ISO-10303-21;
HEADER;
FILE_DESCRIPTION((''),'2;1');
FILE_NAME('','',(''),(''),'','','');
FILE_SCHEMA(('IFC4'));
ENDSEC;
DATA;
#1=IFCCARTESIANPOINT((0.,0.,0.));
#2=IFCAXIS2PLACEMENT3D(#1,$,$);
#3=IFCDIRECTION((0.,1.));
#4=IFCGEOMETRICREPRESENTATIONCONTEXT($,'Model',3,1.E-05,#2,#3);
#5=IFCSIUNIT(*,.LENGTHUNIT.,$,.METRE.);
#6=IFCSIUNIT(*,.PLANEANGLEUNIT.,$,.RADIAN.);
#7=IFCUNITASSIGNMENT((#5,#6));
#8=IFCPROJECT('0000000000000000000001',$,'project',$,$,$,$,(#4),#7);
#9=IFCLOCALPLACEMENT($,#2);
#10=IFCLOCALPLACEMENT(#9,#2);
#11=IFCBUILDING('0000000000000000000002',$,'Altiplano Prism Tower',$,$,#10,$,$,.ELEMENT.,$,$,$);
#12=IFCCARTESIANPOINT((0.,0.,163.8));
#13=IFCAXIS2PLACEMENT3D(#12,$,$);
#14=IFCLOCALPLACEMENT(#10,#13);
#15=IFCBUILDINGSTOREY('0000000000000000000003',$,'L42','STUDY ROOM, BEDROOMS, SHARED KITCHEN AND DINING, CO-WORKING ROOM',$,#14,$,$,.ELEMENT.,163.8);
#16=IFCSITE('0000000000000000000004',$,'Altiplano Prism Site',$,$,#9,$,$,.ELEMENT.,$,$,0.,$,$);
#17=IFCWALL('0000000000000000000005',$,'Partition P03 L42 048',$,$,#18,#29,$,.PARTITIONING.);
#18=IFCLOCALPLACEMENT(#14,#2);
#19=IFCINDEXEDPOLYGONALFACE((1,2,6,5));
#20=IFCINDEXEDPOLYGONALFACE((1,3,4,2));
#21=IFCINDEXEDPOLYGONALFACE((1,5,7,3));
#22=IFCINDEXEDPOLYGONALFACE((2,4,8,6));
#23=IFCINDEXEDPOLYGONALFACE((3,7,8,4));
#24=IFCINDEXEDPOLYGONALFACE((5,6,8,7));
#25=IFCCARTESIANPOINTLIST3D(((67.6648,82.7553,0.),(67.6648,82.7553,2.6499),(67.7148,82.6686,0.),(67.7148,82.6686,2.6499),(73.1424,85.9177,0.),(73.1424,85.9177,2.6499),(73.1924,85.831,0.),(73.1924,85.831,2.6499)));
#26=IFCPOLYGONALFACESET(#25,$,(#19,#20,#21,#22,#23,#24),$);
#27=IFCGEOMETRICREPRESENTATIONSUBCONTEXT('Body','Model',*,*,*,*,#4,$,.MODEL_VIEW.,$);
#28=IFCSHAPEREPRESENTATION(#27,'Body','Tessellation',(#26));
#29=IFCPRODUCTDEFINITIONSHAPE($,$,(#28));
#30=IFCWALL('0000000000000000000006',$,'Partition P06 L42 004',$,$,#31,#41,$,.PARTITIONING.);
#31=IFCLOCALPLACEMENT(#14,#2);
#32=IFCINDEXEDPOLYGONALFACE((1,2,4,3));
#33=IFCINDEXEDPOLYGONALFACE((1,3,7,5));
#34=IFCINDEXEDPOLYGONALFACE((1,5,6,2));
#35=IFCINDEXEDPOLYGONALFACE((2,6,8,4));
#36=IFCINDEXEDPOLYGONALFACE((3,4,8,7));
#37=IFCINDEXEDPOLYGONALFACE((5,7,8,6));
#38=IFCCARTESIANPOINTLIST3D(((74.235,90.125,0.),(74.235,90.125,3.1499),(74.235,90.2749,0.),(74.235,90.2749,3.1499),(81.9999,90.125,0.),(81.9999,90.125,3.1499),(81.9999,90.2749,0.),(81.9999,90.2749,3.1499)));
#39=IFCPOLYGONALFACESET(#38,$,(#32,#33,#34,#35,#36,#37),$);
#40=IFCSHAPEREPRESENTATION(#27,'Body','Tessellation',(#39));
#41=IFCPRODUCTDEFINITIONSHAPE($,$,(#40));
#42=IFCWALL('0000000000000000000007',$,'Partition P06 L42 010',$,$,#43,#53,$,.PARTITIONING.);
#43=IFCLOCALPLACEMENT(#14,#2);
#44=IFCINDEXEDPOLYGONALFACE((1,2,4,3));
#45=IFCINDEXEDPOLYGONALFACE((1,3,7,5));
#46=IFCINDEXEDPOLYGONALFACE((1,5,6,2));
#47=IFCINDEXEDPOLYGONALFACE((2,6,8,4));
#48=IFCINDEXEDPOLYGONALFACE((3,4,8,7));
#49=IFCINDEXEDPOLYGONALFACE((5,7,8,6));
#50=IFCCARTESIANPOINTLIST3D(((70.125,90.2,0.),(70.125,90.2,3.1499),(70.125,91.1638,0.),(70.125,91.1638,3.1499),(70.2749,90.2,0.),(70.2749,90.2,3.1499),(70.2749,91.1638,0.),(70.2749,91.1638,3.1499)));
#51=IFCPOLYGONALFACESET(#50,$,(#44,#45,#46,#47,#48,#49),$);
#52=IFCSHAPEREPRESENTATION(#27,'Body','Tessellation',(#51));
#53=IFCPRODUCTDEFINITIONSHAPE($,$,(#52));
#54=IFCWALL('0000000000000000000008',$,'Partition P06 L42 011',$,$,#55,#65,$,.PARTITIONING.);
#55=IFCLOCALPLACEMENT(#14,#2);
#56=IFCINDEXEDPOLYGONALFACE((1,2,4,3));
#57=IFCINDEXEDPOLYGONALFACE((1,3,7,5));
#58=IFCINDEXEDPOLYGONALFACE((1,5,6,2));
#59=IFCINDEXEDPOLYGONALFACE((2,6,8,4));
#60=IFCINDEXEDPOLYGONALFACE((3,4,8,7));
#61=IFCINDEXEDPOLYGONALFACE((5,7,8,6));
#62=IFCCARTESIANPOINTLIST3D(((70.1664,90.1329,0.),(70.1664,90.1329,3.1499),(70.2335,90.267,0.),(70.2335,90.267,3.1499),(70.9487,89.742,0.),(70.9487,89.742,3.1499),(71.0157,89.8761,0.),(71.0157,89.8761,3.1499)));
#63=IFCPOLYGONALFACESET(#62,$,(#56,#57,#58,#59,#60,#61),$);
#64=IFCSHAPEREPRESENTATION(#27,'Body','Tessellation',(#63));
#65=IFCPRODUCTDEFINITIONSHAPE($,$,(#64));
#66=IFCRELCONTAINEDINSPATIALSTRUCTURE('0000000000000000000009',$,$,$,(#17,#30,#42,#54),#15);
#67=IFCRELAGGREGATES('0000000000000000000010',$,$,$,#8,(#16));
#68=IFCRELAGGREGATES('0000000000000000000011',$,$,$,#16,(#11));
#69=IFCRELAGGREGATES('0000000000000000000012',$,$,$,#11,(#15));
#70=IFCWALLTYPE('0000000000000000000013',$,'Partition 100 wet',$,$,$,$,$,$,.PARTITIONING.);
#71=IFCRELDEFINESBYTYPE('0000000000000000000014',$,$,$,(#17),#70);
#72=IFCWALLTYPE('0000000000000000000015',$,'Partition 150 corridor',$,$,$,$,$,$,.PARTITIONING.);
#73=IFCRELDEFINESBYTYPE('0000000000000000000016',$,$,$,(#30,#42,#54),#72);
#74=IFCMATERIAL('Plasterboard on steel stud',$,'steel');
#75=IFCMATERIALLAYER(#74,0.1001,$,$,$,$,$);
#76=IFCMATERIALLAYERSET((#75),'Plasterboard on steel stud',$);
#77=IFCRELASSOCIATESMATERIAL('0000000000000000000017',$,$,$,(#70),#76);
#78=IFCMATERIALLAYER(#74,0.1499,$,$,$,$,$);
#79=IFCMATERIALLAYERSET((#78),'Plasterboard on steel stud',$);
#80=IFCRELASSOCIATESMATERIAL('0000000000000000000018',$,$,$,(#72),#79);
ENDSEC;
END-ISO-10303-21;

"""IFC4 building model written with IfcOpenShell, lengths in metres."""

from ifc_helpers import new_model, si_unit, direction, frame, frame_2d, origin, place, context, subcontext, project, spatial, rectangle, extrude, material, layer, layer_set, type_object, element, save


model = new_model("IFC4")

# Units and contexts
model_context = context("Model", 3, precision=1e-05, world=origin(), true_north=direction((0.0, 1.0)))
body_context = subcontext(model_context, "Body", "Model", "MODEL_VIEW")
ifc_project = project(units=[si_unit("LENGTHUNIT", "METRE"), si_unit("PLANEANGLEUNIT", "RADIAN")], contexts=[model_context])

# Site, building, storey
site_placement = place(None, origin())
site = spatial("IfcSite", under=ifc_project, at=site_placement, Name="Altiplano Prism Site", CompositionType="ELEMENT", RefElevation=0.0)
building_placement = place(site_placement, origin())
building = spatial("IfcBuilding", under=site, at=building_placement, Name="Altiplano Prism Tower", CompositionType="ELEMENT")
storey_placement = place(building_placement, frame((0.0, 0.0, 163.8)))
storey = spatial("IfcBuildingStorey", under=building, at=storey_placement, Name="L42", Description="STUDY ROOM, BEDROOMS, SHARED KITCHEN AND DINING, CO-WORKING ROOM", CompositionType="ELEMENT", Elevation=163.8)

# Shared definitions
ifc_material_1 = material(Name="Plasterboard on steel stud", Category="steel")

# Walls
ifc_layer_1 = layer(ifc_material_1, 0.1001)
ifc_layer_set_1 = layer_set([ifc_layer_1], Name="Plasterboard on steel stud")
wall_type_1 = type_object("IfcWallType", Name="Partition 100 wet", PredefinedType="PARTITIONING", material=ifc_layer_set_1)
for number, where, z_axis, x_axis, name in (
    (1, (67.6897, 82.7119, 0.0), (0.0, 0.0, 1.0), (0.866033, 0.499988, 0.0), "Partition P03 L42 048"),
):
    element("IfcWall", number, at=place(storey_placement, frame(where, z_axis=z_axis, x_axis=x_axis)), inside=storey, type_object=wall_type_1, Name=name, PredefinedType="PARTITIONING", context=body_context, shape_type="SweptSolid", body=[
        extrude(rectangle(XDim=6.325, YDim=0.1001, at=frame_2d((3.1626, 0.0))), origin(), (0.0, 0.0, 1.0), 2.6499),
    ])
ifc_layer_2 = layer(ifc_material_1, 0.1499)
ifc_layer_set_2 = layer_set([ifc_layer_2], Name="Plasterboard on steel stud")
wall_type_2 = type_object("IfcWallType", Name="Partition 150 corridor", PredefinedType="PARTITIONING", material=ifc_layer_set_2)
wall_1_placement = place(storey_placement, frame((74.2351, 90.2, 0.0), z_axis=(0.0, 0.0, 1.0), x_axis=(1.0, 0.0, 0.0)))
element("IfcWall", 2, at=wall_1_placement, inside=storey, type_object=wall_type_2, Name="Partition P06 L42 004", PredefinedType="PARTITIONING", context=body_context, shape_type="SweptSolid", body=[
    extrude(rectangle(XDim=7.7649, YDim=0.1499, at=frame_2d((3.8823, 0.0))), origin(), (0.0, 0.0, 1.0), 3.1499),
])
wall_2_placement = place(storey_placement, frame((70.2, 91.1638, 0.0), z_axis=(0.0, 0.0, 1.0), x_axis=(0.0, -1.0, 0.0)))
element("IfcWall", 3, at=wall_2_placement, inside=storey, type_object=wall_type_2, Name="Partition P06 L42 010", PredefinedType="PARTITIONING", context=body_context, shape_type="SweptSolid", body=[
    extrude(rectangle(XDim=0.9639, YDim=0.1499, at=frame_2d((0.4819, 0.0))), origin(), (0.0, 0.0, 1.0), 3.1499),
])
wall_3_placement = place(storey_placement, frame((70.2, 90.2, 0.0), z_axis=(0.0, 0.0, 1.0), x_axis=(0.894539, -0.44699, 0.0)))
element("IfcWall", 4, at=wall_3_placement, inside=storey, type_object=wall_type_2, Name="Partition P06 L42 011", PredefinedType="PARTITIONING", context=body_context, shape_type="SweptSolid", body=[
    extrude(rectangle(XDim=0.8745, YDim=0.1499, at=frame_2d((0.4373, 0.0))), origin(), (0.0, 0.0, 1.0), 3.1499),
])

save(model, "model.ifc")
